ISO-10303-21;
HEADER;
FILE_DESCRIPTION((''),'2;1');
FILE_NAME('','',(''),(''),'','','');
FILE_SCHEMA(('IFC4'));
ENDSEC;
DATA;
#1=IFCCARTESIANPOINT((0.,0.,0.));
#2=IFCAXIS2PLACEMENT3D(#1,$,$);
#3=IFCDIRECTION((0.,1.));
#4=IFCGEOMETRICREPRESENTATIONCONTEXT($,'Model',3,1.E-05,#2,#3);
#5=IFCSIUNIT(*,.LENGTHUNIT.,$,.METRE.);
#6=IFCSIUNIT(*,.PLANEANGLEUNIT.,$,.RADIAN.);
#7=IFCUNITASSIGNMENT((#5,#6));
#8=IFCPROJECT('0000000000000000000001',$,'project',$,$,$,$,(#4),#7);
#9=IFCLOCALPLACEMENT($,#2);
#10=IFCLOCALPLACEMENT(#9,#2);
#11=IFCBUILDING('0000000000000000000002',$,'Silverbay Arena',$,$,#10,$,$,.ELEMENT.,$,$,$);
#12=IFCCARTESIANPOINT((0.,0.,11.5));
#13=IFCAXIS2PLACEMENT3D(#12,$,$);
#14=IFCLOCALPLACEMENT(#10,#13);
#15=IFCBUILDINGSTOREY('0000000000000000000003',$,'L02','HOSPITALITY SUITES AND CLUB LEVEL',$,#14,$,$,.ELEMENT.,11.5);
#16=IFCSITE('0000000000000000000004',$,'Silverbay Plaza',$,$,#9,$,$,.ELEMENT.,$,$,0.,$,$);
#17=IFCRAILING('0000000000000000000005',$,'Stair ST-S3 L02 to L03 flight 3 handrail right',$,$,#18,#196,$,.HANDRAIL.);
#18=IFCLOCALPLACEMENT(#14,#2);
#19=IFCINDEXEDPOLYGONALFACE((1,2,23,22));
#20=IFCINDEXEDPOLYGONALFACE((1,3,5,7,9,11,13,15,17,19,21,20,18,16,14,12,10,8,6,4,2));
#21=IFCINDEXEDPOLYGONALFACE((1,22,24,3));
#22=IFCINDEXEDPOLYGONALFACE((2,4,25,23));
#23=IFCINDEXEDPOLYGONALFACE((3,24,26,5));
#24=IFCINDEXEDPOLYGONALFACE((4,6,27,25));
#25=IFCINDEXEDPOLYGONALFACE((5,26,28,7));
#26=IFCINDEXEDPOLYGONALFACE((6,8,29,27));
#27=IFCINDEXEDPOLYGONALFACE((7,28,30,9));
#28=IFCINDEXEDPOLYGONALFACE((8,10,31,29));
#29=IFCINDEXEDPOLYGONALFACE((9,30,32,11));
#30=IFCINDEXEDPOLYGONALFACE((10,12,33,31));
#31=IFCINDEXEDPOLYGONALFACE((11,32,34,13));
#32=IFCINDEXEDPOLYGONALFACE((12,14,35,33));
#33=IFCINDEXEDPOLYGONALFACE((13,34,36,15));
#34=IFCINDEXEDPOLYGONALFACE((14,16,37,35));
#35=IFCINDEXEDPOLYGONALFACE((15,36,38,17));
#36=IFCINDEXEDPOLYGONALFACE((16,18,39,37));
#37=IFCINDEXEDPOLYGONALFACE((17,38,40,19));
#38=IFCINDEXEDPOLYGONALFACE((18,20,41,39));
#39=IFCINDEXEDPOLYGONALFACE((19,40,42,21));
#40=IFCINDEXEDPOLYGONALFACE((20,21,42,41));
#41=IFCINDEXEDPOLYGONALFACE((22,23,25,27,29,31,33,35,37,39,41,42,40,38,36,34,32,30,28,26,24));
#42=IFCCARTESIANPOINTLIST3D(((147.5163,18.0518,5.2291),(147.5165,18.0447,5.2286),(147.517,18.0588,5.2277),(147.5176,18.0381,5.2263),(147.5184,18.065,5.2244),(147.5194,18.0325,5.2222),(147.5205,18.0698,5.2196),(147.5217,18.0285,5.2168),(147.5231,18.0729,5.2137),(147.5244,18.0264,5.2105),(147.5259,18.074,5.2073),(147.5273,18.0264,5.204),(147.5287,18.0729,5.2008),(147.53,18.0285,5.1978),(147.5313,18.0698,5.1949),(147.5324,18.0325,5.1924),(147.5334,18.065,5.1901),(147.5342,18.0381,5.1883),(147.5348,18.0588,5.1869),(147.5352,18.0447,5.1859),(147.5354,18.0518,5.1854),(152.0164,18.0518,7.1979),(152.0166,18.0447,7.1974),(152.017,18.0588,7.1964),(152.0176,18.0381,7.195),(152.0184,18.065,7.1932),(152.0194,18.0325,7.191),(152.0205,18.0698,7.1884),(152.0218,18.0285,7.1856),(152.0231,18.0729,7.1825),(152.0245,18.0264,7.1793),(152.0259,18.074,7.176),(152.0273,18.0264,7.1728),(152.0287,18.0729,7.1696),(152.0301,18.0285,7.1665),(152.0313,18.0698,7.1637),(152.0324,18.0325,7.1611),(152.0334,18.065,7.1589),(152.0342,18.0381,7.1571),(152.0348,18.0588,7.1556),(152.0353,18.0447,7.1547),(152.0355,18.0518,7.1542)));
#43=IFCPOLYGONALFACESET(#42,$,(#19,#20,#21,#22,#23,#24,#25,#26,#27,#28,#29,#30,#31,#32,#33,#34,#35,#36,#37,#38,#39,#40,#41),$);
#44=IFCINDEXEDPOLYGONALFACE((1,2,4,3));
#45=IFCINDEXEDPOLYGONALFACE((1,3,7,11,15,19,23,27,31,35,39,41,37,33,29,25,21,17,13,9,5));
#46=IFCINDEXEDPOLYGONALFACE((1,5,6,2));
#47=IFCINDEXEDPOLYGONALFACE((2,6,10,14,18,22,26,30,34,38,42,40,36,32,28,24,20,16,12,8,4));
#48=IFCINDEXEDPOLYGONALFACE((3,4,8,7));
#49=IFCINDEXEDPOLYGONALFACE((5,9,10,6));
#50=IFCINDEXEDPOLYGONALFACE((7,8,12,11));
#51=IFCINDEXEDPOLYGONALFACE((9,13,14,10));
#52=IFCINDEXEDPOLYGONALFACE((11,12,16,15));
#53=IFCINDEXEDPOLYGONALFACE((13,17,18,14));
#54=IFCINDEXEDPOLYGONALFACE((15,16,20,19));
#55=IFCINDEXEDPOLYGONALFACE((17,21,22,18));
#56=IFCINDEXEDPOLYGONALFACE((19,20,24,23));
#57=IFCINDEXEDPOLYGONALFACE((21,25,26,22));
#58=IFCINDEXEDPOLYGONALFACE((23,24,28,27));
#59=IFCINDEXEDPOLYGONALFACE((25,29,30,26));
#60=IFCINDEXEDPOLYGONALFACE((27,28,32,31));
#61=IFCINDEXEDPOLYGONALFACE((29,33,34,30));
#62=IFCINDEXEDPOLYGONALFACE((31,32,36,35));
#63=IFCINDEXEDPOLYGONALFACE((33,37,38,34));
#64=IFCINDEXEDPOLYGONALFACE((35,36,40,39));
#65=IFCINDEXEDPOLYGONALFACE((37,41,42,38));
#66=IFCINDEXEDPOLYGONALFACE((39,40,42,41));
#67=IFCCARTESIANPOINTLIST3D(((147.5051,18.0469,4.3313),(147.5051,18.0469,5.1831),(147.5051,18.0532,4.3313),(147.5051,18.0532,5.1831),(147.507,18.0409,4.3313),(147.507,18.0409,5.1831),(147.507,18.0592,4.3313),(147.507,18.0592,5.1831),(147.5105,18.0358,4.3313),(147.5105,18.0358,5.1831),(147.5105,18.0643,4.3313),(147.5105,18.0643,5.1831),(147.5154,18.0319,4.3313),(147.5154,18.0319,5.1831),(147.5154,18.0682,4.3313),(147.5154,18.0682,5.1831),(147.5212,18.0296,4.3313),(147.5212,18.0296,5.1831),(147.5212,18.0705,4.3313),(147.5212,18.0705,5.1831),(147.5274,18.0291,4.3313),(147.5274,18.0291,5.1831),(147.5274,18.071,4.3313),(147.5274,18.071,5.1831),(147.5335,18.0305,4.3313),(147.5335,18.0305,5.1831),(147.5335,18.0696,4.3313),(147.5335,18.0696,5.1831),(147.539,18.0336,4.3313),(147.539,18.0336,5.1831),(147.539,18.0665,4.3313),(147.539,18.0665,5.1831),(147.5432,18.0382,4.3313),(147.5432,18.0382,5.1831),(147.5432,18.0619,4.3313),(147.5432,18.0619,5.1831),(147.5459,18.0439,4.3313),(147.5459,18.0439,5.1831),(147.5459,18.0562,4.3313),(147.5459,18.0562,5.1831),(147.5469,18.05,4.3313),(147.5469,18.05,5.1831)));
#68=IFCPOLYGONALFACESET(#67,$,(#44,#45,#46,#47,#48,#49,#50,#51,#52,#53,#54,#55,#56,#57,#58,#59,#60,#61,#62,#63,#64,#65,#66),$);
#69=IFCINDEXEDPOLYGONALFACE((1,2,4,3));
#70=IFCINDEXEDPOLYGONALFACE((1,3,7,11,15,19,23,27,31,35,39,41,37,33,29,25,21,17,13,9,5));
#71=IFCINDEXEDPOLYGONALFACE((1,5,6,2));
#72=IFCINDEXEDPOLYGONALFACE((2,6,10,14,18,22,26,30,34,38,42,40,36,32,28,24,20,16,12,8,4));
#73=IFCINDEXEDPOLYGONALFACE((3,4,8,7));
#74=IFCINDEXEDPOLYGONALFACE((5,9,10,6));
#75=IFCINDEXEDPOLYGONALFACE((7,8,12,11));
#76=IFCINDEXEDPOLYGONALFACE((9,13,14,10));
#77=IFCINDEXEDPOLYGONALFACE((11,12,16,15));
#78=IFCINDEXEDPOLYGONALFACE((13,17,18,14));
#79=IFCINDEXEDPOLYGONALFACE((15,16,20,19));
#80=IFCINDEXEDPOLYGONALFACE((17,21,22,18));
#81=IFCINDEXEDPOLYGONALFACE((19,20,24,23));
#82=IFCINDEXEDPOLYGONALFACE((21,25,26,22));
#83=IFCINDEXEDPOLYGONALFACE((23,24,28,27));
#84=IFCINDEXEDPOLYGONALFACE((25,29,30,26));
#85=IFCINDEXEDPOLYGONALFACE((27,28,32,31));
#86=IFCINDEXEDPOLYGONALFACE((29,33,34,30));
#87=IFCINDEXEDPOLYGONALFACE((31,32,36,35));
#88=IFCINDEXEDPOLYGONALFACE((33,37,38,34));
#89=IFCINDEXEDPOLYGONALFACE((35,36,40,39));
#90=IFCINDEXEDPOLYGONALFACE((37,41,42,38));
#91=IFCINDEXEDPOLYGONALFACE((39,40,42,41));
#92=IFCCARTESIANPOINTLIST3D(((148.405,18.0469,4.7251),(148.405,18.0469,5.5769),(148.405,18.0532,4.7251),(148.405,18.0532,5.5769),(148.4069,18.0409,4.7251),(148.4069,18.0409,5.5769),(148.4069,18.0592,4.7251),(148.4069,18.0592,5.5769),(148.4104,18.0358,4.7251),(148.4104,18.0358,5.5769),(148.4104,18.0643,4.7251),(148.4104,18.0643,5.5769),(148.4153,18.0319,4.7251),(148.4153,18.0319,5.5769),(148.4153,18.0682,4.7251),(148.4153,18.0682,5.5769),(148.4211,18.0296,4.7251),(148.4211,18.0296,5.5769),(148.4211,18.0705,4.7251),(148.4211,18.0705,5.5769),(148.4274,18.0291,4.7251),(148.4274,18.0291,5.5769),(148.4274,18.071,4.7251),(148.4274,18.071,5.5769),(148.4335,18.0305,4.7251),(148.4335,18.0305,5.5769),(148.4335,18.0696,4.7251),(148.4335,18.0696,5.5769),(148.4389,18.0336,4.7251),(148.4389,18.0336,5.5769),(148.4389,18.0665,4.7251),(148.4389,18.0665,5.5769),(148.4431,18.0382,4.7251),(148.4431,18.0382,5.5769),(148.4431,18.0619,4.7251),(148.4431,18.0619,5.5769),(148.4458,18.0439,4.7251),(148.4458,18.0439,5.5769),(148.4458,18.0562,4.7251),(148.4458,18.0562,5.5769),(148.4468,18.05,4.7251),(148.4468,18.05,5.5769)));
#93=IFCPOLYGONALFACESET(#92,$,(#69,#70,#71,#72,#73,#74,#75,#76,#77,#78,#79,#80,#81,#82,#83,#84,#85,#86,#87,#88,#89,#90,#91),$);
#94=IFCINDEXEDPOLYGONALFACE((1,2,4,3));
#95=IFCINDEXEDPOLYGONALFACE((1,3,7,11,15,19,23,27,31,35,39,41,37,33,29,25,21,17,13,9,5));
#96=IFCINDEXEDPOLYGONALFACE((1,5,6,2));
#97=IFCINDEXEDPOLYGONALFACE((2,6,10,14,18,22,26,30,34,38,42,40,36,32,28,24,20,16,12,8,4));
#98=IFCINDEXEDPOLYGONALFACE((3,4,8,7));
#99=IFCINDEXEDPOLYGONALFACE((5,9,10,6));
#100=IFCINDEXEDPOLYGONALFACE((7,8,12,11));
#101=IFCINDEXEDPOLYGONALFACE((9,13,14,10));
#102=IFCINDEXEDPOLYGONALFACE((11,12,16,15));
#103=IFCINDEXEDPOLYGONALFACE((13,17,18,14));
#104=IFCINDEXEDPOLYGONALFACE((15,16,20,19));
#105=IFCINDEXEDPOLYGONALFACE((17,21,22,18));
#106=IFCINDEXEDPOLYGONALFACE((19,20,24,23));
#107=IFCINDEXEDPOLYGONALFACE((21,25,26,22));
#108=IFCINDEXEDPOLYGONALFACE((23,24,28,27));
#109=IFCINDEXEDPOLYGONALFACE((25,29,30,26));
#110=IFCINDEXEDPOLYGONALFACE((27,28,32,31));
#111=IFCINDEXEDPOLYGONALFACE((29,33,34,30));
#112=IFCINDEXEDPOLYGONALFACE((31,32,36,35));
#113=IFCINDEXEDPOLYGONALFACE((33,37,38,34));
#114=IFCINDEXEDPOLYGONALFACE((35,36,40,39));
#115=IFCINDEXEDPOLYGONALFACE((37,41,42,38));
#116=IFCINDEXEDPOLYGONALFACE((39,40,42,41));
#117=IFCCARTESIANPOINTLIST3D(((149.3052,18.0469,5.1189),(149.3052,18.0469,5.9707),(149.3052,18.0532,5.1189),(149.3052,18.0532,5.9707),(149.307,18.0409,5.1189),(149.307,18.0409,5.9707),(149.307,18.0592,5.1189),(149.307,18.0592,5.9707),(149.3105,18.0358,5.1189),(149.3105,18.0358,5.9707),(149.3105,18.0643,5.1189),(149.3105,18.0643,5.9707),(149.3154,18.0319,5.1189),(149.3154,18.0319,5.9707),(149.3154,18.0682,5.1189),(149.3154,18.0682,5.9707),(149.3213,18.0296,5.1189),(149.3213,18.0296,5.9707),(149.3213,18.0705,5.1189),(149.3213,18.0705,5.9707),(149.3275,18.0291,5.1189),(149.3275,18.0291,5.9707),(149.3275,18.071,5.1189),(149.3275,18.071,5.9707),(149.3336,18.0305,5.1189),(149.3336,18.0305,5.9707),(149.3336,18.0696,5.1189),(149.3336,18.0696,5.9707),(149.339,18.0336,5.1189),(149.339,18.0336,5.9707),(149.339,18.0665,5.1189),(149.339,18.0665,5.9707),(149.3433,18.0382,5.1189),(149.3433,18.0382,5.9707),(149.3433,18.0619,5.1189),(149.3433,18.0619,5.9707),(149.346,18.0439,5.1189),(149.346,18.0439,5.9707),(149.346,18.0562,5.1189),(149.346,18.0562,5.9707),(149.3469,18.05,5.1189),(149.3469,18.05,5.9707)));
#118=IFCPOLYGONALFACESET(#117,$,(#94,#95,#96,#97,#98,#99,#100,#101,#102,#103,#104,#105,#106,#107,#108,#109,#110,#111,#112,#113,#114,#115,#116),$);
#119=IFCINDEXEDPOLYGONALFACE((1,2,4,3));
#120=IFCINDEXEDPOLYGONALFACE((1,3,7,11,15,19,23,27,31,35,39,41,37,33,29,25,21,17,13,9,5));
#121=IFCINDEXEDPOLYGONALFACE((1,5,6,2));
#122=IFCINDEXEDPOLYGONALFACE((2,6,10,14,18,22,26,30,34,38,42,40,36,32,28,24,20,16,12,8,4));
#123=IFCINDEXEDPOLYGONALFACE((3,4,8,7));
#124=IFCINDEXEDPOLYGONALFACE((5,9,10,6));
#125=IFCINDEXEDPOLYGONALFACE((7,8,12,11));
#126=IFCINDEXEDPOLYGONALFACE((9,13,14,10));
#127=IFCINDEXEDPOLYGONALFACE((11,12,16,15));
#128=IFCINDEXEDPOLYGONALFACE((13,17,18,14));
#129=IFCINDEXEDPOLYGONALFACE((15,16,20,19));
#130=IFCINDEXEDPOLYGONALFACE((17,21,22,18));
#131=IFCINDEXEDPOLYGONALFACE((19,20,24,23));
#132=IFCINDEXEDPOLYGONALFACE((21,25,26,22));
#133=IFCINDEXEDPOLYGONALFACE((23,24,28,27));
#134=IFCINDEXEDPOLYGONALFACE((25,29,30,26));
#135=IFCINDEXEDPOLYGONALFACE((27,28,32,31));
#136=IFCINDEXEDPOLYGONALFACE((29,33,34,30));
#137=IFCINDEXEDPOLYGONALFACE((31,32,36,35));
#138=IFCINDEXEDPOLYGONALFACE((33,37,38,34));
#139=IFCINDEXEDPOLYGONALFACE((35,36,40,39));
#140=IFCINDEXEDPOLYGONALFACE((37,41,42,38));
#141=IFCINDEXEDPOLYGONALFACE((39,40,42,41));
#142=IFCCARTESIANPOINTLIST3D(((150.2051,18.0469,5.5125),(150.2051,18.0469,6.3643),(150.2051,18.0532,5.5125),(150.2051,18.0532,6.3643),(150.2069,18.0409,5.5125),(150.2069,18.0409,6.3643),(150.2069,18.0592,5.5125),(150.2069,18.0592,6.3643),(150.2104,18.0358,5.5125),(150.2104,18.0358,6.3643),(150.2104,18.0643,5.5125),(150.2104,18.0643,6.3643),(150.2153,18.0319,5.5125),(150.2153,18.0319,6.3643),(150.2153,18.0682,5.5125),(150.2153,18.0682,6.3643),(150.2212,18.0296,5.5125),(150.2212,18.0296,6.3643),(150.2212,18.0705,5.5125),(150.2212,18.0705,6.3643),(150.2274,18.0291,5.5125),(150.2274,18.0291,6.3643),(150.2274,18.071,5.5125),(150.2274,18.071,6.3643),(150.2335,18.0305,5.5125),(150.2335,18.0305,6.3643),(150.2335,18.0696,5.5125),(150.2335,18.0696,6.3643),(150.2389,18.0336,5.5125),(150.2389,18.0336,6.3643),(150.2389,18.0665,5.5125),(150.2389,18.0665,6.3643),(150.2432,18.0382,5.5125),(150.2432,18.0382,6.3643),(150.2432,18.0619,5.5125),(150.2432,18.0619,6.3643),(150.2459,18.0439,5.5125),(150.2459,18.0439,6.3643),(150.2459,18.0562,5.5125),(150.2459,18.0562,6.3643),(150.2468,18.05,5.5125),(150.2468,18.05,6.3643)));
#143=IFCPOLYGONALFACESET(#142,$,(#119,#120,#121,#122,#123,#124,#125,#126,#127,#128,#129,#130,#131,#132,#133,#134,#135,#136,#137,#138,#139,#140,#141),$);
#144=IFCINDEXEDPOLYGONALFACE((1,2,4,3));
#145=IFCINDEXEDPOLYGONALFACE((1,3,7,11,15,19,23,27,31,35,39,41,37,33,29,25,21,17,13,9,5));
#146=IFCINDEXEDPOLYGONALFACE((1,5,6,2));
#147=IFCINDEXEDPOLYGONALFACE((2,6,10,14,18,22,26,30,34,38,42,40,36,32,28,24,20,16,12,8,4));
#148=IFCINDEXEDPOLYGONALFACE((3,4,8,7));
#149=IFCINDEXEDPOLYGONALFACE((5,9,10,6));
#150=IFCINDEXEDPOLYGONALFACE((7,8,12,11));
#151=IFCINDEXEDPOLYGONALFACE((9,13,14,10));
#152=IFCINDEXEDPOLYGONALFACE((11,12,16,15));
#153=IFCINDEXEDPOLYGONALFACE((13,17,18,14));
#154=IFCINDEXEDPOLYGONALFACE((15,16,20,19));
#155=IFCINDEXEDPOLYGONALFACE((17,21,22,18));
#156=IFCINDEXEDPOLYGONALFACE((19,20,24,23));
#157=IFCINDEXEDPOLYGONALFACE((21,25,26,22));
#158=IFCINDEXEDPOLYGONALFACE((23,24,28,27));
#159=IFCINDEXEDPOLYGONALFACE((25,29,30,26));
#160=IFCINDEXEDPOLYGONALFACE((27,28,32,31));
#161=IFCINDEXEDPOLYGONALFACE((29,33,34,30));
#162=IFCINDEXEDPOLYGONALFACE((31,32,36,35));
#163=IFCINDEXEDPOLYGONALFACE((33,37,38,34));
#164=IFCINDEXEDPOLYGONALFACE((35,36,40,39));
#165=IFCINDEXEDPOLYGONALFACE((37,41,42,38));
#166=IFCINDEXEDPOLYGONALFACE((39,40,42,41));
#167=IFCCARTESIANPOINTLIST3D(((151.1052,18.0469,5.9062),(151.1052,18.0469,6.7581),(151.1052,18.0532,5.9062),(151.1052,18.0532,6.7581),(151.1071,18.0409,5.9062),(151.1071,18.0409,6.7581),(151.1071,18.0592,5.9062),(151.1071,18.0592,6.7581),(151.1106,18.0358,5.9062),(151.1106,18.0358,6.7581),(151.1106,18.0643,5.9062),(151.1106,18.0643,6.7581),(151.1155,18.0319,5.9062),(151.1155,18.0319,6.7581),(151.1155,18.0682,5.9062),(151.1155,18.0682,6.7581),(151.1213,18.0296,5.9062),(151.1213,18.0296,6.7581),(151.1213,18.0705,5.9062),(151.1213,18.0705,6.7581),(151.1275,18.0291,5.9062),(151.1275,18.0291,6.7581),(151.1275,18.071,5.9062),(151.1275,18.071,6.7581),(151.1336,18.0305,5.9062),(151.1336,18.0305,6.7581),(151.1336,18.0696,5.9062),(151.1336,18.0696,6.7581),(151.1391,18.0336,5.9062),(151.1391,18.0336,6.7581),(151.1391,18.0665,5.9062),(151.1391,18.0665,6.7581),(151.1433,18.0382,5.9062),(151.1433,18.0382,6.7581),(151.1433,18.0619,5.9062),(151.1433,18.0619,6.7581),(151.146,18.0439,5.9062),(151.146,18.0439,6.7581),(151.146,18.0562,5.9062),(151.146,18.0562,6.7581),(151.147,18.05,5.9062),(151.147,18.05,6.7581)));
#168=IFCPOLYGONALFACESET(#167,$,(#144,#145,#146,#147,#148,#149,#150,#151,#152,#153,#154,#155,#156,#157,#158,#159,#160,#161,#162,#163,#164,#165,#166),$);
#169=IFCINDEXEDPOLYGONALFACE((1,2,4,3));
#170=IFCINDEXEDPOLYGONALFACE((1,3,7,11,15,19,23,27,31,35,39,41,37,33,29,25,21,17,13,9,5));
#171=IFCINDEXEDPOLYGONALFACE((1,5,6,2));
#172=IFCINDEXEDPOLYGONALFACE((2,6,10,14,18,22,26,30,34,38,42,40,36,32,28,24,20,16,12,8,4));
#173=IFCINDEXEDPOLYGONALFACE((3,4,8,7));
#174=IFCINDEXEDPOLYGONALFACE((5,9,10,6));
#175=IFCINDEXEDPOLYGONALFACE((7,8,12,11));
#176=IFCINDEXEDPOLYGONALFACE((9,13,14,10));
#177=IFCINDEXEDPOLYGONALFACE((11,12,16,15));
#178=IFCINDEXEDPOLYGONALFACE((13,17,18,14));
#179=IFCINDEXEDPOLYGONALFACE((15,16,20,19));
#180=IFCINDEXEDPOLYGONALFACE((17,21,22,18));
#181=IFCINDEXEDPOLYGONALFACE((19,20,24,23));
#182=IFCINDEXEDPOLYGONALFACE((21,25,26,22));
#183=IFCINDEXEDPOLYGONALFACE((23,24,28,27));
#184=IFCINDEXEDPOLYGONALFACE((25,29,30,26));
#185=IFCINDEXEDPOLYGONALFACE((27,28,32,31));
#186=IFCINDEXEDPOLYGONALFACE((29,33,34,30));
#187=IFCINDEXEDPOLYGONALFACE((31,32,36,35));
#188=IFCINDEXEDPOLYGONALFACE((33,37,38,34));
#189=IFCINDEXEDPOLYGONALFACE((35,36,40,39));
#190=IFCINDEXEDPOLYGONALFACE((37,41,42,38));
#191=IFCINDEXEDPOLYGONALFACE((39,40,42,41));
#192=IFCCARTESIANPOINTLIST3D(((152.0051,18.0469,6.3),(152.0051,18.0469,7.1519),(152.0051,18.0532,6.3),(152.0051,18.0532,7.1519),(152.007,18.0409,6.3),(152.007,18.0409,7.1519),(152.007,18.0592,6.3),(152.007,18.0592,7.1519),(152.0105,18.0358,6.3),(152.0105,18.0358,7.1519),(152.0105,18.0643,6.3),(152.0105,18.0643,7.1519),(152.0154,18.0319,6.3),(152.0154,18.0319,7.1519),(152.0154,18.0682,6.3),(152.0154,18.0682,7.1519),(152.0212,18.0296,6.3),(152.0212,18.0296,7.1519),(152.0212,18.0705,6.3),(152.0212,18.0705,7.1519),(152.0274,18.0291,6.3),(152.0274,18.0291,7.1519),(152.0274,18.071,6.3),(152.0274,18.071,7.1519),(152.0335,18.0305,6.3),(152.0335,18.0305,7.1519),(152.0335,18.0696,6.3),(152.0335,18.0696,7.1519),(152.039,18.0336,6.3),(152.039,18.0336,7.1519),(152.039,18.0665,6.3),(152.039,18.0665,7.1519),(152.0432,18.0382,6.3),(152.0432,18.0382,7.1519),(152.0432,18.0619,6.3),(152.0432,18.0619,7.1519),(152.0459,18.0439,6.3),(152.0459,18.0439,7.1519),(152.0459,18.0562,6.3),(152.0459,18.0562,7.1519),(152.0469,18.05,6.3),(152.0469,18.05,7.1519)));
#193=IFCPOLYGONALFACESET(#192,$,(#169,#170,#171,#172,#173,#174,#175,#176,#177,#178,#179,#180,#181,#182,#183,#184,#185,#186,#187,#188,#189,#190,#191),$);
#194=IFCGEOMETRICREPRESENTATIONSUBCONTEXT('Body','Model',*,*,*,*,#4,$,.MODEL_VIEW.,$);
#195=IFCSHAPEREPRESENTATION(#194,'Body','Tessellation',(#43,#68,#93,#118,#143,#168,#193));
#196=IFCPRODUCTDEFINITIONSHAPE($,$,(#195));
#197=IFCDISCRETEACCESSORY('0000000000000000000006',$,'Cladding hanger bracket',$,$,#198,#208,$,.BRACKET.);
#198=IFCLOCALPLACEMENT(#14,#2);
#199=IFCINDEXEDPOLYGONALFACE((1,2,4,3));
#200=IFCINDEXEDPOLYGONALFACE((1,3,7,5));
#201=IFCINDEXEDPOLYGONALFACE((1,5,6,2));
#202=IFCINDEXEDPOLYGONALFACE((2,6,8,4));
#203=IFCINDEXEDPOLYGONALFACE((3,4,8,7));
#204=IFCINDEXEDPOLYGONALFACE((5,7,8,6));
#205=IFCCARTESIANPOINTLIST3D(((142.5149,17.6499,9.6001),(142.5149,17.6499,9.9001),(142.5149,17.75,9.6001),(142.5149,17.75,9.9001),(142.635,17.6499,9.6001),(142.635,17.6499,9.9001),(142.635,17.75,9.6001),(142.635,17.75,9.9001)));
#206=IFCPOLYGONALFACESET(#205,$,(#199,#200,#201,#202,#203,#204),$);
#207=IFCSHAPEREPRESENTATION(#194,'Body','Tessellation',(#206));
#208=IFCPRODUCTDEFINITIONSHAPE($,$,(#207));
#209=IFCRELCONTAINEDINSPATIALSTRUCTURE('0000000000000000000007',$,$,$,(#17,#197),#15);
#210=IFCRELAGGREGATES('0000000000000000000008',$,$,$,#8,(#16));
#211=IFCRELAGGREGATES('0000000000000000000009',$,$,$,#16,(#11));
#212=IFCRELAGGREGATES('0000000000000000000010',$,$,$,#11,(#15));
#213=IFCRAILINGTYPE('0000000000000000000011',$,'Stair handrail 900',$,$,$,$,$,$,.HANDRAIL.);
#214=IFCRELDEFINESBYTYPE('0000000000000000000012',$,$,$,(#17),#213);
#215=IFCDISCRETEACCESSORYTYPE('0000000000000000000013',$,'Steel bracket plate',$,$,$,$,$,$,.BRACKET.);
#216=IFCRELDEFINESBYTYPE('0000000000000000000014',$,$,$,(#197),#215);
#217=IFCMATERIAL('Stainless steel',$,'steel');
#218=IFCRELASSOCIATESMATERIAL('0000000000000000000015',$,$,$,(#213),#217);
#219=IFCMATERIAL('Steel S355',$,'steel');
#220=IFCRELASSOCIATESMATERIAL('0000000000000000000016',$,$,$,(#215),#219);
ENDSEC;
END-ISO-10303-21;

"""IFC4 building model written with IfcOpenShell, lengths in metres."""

from ifc_helpers import new_model, si_unit, direction, frame, origin, origin_2d, place, context, subcontext, project, spatial, rectangle, circle, extrude, material, type_object, element, save


model = new_model("IFC4")

# Units and contexts
model_context = context("Model", 3, precision=1e-05, world=origin(), true_north=direction((0.0, 1.0)))
body_context = subcontext(model_context, "Body", "Model", "MODEL_VIEW")
ifc_project = project(units=[si_unit("LENGTHUNIT", "METRE"), si_unit("PLANEANGLEUNIT", "RADIAN")], contexts=[model_context])

# Site, building, storey
site_placement = place(None, origin())
site = spatial("IfcSite", under=ifc_project, at=site_placement, Name="Silverbay Plaza", CompositionType="ELEMENT", RefElevation=0.0)
building_placement = place(site_placement, origin())
building = spatial("IfcBuilding", under=site, at=building_placement, Name="Silverbay Arena", CompositionType="ELEMENT")
storey_placement = place(building_placement, frame((0.0, 0.0, 11.5)))
storey = spatial("IfcBuildingStorey", under=building, at=storey_placement, Name="L02", Description="HOSPITALITY SUITES AND CLUB LEVEL", CompositionType="ELEMENT", Elevation=11.5)

# Railing
ifc_material_1 = material(Name="Stainless steel", Category="steel")
railing_type = type_object("IfcRailingType", Name="Stair handrail 900", PredefinedType="HANDRAIL", material=ifc_material_1)
for number, where, name in (
    (1, (147.5259, 18.05, 4.3313), "Stair ST-S3 L02 to L03 flight 3 handrail right"),
):
    element("IfcRailing", number, at=place(storey_placement, frame(where)), inside=storey, type_object=railing_type, Name=name, PredefinedType="HANDRAIL", context=body_context, shape_type="SweptSolid", body=[
        extrude(circle(Radius=0.0239, at=origin_2d()), frame((0.0, 0.0, 0.876), z_axis=(0.916157, 0.0, 0.400819), x_axis=(0.0, 1.0, 0.0)), (0.0, 0.0, 1.0), 4.9119),
        extrude(circle(Radius=0.021, at=origin_2d()), origin(), (0.0, 0.0, 1.0), 0.8518),
        extrude(circle(Radius=0.021, at=origin_2d()), frame((0.8999, 0.0, 0.3938)), (0.0, 0.0, 1.0), 0.8518),
        extrude(circle(Radius=0.021, at=origin_2d()), frame((1.8, 0.0, 0.7876)), (0.0, 0.0, 1.0), 0.8518),
        extrude(circle(Radius=0.021, at=origin_2d()), frame((2.7, 0.0, 1.1812)), (0.0, 0.0, 1.0), 0.8518),
        extrude(circle(Radius=0.021, at=origin_2d()), frame((3.6001, 0.0, 1.575)), (0.0, 0.0, 1.0), 0.8518),
        extrude(circle(Radius=0.021, at=origin_2d()), frame((4.5, 0.0, 1.9688)), (0.0, 0.0, 1.0), 0.8518),
    ])

# Discrete accessory
ifc_material_2 = material(Name="Steel S355", Category="steel")
discrete_accessory_type = type_object("IfcDiscreteAccessoryType", Name="Steel bracket plate", PredefinedType="BRACKET", material=ifc_material_2)
discrete_accessory_placement = place(storey_placement, frame((142.575, 17.7, 9.6001), z_axis=(0.0, 0.0, 1.0), x_axis=(1.0, 0.0, 0.0)))
element("IfcDiscreteAccessory", 2, at=discrete_accessory_placement, inside=storey, type_object=discrete_accessory_type, Name="Cladding hanger bracket", PredefinedType="BRACKET", context=body_context, shape_type="SweptSolid", body=[
    extrude(rectangle(XDim=0.1201, YDim=0.1001, at=origin_2d()), origin(), (0.0, 0.0, 1.0), 0.3),
])

save(model, "model.ifc")
